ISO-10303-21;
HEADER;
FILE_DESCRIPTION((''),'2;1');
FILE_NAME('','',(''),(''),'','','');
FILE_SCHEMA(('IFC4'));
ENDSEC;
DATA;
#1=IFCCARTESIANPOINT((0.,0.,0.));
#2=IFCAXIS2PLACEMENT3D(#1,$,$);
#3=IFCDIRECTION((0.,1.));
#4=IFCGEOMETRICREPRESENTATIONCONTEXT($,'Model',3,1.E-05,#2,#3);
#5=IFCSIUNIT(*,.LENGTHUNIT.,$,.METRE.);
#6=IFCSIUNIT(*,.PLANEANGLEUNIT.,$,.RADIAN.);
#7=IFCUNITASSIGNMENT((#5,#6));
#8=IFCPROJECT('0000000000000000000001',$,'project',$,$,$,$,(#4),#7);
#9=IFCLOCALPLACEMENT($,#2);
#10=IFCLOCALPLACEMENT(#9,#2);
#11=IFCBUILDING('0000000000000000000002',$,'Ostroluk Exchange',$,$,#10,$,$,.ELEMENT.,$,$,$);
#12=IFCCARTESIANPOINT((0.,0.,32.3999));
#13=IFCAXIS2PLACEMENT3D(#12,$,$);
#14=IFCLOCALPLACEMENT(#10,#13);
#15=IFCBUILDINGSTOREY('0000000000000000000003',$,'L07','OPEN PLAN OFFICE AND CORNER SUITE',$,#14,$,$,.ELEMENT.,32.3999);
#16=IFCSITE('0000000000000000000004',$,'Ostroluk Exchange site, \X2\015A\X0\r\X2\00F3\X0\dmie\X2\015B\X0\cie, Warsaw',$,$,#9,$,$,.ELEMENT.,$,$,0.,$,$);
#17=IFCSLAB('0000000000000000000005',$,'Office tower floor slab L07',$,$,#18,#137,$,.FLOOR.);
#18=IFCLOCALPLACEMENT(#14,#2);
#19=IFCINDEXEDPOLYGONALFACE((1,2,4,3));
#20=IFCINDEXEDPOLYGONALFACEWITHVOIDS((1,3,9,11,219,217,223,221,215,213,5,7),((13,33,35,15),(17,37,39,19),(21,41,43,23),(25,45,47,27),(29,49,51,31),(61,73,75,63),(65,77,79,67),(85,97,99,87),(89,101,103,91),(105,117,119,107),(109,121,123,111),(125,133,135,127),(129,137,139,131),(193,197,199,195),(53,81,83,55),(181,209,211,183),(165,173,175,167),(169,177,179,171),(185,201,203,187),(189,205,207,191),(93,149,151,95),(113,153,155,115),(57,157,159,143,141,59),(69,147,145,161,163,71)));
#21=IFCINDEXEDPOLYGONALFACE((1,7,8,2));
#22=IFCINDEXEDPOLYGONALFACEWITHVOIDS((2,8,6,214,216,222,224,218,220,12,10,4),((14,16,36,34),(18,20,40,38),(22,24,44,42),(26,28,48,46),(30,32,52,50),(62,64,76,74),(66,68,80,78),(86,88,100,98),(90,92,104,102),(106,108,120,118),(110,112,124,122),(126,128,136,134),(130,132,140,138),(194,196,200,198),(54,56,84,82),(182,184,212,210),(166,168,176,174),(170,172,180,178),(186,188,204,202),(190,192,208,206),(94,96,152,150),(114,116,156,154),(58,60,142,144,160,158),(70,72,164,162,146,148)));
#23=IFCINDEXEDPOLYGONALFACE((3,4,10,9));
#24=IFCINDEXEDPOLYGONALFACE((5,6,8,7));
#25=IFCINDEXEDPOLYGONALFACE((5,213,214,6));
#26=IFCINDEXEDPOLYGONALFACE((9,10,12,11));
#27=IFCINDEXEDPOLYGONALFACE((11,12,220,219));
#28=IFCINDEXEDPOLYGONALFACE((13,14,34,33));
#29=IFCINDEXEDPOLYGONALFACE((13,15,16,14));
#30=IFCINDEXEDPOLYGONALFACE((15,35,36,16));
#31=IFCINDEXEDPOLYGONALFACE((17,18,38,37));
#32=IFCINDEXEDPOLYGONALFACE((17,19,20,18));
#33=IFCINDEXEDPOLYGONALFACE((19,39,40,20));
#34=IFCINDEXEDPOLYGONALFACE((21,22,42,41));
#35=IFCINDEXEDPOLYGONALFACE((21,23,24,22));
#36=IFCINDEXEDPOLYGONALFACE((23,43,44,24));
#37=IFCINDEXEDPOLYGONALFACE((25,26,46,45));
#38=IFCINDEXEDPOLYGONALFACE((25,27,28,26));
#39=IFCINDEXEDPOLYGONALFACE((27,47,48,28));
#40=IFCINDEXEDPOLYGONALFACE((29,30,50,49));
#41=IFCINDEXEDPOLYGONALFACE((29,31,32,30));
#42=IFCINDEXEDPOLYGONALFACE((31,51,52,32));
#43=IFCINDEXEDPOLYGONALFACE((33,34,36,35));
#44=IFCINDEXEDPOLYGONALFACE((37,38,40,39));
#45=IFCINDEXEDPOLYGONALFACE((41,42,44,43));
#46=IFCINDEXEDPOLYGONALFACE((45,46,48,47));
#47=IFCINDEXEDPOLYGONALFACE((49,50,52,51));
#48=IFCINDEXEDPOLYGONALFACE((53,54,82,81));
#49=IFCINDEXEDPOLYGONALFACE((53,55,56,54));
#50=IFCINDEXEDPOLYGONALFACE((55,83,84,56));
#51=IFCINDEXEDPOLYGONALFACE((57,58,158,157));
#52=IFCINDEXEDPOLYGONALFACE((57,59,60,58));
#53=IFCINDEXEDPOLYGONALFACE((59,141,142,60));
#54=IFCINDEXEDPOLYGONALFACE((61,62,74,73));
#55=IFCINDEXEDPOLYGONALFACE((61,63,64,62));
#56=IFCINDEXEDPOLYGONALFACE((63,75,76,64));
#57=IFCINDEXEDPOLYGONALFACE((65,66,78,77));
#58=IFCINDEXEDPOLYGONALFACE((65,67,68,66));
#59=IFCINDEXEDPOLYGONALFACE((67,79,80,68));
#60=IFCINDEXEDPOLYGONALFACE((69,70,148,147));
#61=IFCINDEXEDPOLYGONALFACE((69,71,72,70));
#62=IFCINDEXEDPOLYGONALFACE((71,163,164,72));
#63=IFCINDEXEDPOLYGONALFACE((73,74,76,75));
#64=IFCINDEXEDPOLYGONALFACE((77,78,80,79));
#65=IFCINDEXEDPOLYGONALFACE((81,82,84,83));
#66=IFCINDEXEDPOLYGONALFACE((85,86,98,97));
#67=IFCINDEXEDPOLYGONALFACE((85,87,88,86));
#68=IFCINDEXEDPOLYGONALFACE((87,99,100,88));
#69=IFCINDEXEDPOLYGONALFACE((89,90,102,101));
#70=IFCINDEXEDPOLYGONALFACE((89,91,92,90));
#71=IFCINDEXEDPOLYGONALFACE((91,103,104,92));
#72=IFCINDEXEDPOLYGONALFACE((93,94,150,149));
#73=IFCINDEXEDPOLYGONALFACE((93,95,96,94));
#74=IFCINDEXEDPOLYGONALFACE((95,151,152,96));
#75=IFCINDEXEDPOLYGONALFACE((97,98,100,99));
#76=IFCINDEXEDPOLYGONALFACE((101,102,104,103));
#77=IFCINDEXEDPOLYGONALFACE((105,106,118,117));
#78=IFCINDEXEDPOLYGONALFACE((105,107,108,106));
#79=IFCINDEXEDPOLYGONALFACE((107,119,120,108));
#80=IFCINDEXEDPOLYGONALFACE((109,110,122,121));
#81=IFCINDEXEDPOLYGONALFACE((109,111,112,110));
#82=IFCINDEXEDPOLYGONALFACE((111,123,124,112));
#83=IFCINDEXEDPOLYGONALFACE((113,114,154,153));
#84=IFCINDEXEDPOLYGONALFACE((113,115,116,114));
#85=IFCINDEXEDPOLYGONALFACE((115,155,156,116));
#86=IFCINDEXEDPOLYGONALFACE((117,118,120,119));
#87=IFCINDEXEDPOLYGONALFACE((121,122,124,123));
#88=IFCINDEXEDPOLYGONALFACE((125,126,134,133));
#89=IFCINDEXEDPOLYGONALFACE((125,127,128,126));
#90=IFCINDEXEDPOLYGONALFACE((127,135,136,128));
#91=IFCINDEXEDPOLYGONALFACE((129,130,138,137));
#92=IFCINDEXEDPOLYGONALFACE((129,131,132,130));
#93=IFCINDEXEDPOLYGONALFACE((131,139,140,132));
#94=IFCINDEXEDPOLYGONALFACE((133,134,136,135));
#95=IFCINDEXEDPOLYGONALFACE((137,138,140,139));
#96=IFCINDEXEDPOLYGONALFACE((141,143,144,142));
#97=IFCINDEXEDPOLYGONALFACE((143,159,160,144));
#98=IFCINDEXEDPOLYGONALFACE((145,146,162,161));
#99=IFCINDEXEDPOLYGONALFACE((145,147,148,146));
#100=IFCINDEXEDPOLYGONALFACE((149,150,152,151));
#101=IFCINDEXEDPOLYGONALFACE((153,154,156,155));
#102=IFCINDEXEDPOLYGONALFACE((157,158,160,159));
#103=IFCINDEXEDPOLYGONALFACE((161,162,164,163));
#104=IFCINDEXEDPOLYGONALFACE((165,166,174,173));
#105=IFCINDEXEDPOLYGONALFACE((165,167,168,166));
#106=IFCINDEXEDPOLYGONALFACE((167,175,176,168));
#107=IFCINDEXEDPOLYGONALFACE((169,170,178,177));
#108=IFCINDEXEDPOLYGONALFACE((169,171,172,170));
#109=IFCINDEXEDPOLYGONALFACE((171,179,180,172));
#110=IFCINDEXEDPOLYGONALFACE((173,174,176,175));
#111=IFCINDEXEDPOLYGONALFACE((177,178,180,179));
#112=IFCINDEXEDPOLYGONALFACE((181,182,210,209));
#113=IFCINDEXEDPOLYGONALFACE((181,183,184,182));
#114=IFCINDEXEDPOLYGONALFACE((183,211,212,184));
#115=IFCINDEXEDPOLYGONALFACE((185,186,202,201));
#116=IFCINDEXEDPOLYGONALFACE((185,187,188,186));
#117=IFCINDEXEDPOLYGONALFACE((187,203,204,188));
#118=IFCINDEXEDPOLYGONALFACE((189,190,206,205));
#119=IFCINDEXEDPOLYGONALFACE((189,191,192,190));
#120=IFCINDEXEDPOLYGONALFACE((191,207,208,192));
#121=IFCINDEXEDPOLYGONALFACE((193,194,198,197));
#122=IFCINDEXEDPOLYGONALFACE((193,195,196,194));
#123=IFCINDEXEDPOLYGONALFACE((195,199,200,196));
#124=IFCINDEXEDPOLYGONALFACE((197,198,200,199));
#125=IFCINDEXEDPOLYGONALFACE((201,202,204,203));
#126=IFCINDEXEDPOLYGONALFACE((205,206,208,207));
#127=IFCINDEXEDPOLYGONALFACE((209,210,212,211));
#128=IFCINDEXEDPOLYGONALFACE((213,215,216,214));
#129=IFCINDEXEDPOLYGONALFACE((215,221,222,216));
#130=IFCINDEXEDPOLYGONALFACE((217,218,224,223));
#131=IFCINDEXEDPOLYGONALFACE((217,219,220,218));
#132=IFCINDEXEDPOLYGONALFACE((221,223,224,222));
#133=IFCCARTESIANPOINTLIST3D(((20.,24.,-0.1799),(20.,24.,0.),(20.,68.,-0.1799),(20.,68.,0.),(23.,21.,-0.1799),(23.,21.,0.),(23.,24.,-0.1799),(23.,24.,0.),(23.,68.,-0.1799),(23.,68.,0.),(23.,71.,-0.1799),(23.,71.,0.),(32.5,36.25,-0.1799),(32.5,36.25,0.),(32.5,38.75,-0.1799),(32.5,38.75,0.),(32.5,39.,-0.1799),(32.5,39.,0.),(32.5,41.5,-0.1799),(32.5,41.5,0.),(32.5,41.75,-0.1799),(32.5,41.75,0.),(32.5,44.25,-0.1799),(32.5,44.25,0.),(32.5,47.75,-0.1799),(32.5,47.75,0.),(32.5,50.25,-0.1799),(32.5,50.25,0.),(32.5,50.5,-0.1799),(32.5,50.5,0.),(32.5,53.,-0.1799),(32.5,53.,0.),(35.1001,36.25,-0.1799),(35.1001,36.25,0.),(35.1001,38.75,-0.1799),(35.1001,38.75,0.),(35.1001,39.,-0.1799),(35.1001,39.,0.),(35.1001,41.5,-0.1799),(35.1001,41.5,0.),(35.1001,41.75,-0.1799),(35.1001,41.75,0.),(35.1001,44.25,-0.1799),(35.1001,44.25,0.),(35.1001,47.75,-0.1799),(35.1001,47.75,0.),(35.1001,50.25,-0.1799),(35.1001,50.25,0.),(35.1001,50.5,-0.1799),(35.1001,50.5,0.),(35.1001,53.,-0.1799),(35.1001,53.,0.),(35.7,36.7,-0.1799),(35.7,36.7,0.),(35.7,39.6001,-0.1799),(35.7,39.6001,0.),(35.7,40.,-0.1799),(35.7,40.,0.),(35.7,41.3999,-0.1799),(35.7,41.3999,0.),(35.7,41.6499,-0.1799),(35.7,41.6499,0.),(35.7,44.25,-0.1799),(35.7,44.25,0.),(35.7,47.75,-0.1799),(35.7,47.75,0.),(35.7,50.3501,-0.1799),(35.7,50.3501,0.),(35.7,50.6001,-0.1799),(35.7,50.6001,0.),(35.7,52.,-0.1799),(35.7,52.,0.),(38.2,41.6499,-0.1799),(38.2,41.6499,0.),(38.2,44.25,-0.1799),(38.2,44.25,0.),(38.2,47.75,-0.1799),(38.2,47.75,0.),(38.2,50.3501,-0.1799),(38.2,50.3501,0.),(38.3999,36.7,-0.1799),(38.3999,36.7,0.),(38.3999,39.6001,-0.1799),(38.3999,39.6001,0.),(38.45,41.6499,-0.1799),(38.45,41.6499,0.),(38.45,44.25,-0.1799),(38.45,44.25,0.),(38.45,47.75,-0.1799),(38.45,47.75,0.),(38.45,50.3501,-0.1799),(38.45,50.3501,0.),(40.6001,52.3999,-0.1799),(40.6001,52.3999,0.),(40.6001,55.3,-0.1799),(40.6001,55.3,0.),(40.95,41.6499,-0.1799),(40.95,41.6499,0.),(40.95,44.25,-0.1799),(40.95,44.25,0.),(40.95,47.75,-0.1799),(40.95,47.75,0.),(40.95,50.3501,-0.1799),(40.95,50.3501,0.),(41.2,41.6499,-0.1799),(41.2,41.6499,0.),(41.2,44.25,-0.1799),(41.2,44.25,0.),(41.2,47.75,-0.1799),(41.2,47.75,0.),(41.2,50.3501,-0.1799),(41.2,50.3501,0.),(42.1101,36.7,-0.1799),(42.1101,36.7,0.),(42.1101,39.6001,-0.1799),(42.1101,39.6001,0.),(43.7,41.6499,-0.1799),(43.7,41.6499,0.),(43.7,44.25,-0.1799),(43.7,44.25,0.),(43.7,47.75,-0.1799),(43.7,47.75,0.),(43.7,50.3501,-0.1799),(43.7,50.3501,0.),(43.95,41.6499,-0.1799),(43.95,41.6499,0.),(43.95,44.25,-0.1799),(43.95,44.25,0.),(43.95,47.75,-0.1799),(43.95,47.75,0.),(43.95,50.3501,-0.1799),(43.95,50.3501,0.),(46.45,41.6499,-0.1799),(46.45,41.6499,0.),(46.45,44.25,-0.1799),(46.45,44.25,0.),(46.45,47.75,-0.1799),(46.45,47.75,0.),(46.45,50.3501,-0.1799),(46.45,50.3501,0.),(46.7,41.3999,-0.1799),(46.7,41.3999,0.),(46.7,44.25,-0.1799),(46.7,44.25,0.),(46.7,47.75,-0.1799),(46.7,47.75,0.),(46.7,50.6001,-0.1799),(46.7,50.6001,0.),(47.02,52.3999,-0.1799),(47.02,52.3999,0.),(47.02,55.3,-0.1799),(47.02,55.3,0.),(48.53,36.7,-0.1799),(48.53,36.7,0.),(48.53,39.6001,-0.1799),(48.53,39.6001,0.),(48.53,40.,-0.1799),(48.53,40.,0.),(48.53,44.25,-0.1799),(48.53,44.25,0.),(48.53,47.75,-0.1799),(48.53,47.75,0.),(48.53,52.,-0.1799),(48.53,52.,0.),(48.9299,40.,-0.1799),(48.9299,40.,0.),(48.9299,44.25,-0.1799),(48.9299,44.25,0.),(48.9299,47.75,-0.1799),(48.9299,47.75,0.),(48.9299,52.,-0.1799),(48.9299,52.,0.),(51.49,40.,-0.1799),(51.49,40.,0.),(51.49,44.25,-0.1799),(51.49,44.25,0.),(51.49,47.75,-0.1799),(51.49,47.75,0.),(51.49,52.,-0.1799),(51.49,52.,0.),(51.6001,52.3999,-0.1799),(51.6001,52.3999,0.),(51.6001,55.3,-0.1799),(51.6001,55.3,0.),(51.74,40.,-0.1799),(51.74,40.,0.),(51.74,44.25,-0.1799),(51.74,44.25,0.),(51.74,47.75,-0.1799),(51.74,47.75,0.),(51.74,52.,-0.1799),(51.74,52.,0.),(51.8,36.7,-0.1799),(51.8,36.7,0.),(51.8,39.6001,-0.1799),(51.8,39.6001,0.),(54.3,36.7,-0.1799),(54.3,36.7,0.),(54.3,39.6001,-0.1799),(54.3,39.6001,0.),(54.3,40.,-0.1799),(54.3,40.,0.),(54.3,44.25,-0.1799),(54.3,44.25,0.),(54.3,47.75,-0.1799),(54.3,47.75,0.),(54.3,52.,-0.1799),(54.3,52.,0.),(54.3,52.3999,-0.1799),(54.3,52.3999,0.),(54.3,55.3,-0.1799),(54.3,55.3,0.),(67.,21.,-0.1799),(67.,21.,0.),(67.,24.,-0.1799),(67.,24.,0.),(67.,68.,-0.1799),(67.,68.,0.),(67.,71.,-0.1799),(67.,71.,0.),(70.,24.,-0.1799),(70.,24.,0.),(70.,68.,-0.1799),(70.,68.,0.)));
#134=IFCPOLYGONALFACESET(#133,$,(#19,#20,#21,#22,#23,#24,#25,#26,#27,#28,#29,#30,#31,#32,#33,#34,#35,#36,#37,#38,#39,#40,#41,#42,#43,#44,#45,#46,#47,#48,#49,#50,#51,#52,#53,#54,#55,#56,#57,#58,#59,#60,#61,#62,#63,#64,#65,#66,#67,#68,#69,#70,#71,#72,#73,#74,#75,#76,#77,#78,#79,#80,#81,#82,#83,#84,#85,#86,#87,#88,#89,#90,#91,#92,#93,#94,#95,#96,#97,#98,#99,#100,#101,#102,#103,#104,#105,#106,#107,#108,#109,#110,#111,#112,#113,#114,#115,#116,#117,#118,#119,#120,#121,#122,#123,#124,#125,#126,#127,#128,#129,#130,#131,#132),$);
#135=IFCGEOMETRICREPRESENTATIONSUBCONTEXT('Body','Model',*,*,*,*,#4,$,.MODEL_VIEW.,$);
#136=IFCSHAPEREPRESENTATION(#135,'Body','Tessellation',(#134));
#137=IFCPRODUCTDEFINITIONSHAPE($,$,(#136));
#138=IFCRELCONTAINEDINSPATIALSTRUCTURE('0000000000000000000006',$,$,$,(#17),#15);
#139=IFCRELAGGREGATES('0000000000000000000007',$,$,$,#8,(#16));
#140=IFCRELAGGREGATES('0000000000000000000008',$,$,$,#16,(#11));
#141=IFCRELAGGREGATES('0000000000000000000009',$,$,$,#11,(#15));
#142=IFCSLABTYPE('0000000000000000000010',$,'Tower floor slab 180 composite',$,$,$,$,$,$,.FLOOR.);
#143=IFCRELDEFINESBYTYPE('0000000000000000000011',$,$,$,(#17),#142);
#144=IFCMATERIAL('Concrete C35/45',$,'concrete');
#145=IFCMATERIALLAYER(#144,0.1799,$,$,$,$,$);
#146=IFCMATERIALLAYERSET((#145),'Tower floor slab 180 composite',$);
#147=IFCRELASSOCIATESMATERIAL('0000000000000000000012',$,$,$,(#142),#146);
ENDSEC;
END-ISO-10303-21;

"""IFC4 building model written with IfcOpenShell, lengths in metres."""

from ifc_helpers import new_model, si_unit, direction, frame, origin, place, context, subcontext, project, spatial, polyline, outline, extrude, material, layer, layer_set, type_object, element, save


model = new_model("IFC4")

# Units and contexts
model_context = context("Model", 3, precision=1e-05, world=origin(), true_north=direction((0.0, 1.0)))
body_context = subcontext(model_context, "Body", "Model", "MODEL_VIEW")
ifc_project = project(units=[si_unit("LENGTHUNIT", "METRE"), si_unit("PLANEANGLEUNIT", "RADIAN")], contexts=[model_context])

# Site, building, storey
site_placement = place(None, origin())
site = spatial("IfcSite", under=ifc_project, at=site_placement, Name="Ostroluk Exchange site, Śródmieście, Warsaw", CompositionType="ELEMENT", RefElevation=0.0)
building_placement = place(site_placement, origin())
building = spatial("IfcBuilding", under=site, at=building_placement, Name="Ostroluk Exchange", CompositionType="ELEMENT")
storey_placement = place(building_placement, frame((0.0, 0.0, 32.3999)))
storey = spatial("IfcBuildingStorey", under=building, at=storey_placement, Name="L07", Description="OPEN PLAN OFFICE AND CORNER SUITE", CompositionType="ELEMENT", Elevation=32.3999)

# Slab
ifc_material_1 = material(Name="Concrete C35/45", Category="concrete")
ifc_layer_1 = layer(ifc_material_1, 0.1799)
ifc_layer_set_1 = layer_set([ifc_layer_1], Name="Tower floor slab 180 composite")
slab_type_1 = type_object("IfcSlabType", Name="Tower floor slab 180 composite", PredefinedType="FLOOR", material=ifc_layer_set_1)
slab_1_placement = place(storey_placement, frame((0.0, 0.0, -0.1799)))
element("IfcSlab", 1, at=slab_1_placement, inside=storey, type_object=slab_type_1, Name="Office tower floor slab L07", PredefinedType="FLOOR", context=body_context, shape_type="SweptSolid", body=[
    extrude(outline(polyline([(23.0, 21.0), (67.0, 21.0), (67.0, 24.0), (70.0, 24.0), (70.0, 68.0), (67.0, 68.0), (67.0, 71.0), (23.0, 71.0), (23.0, 68.0), (20.0, 68.0), (20.0, 24.0), (23.0, 24.0), (23.0, 21.0)]), holes=[polyline([(35.7, 36.7), (38.3999, 36.7), (38.3999, 39.6001), (35.7, 39.6001), (35.7, 36.7)]), polyline([(42.1101, 36.7), (48.53, 36.7), (48.53, 39.6001), (42.1101, 39.6001), (42.1101, 36.7)]), polyline([(51.8, 36.7), (54.3, 36.7), (54.3, 39.6001), (51.8, 39.6001), (51.8, 36.7)]), polyline([(40.6001, 52.3999), (47.02, 52.3999), (47.02, 55.3), (40.6001, 55.3), (40.6001, 52.3999)]), polyline([(51.6001, 52.3999), (54.3, 52.3999), (54.3, 55.3), (51.6001, 55.3), (51.6001, 52.3999)]), polyline([(35.7, 47.75), (38.2, 47.75), (38.2, 50.3501), (35.7, 50.3501), (35.7, 47.75)]), polyline([(38.45, 47.75), (40.95, 47.75), (40.95, 50.3501), (38.45, 50.3501), (38.45, 47.75)]), polyline([(41.2, 47.75), (43.7, 47.75), (43.7, 50.3501), (41.2, 50.3501), (41.2, 47.75)]), polyline([(43.95, 47.75), (46.45, 47.75), (46.45, 50.3501), (43.95, 50.3501), (43.95, 47.75)]), polyline([(35.7, 41.6499), (38.2, 41.6499), (38.2, 44.25), (35.7, 44.25), (35.7, 41.6499)]), polyline([(38.45, 41.6499), (40.95, 41.6499), (40.95, 44.25), (38.45, 44.25), (38.45, 41.6499)]), polyline([(41.2, 41.6499), (43.7, 41.6499), (43.7, 44.25), (41.2, 44.25), (41.2, 41.6499)]), polyline([(43.95, 41.6499), (46.45, 41.6499), (46.45, 44.25), (43.95, 44.25), (43.95, 41.6499)]), polyline([(48.9299, 47.75), (51.49, 47.75), (51.49, 52.0), (48.9299, 52.0), (48.9299, 47.75)]), polyline([(51.74, 47.75), (54.3, 47.75), (54.3, 52.0), (51.74, 52.0), (51.74, 47.75)]), polyline([(48.9299, 40.0), (51.49, 40.0), (51.49, 44.25), (48.9299, 44.25), (48.9299, 40.0)]), polyline([(51.74, 40.0), (54.3, 40.0), (54.3, 44.25), (51.74, 44.25), (51.74, 40.0)]), polyline([(48.53, 52.0), (48.53, 47.75), (46.7, 47.75), (46.7, 50.6001), (35.7, 50.6001), (35.7, 52.0), (48.53, 52.0)]), polyline([(35.7, 40.0), (35.7, 41.3999), (46.7, 41.3999), (46.7, 44.25), (48.53, 44.25), (48.53, 40.0), (35.7, 40.0)]), polyline([(32.5, 36.25), (35.1001, 36.25), (35.1001, 38.75), (32.5, 38.75), (32.5, 36.25)]), polyline([(32.5, 39.0), (35.1001, 39.0), (35.1001, 41.5), (32.5, 41.5), (32.5, 39.0)]), polyline([(32.5, 41.75), (35.1001, 41.75), (35.1001, 44.25), (32.5, 44.25), (32.5, 41.75)]), polyline([(32.5, 47.75), (35.1001, 47.75), (35.1001, 50.25), (32.5, 50.25), (32.5, 47.75)]), polyline([(32.5, 50.5), (35.1001, 50.5), (35.1001, 53.0), (32.5, 53.0), (32.5, 50.5)])]), origin(), (0.0, 0.0, 1.0), 0.1799),
])

save(model, "model.ifc")
